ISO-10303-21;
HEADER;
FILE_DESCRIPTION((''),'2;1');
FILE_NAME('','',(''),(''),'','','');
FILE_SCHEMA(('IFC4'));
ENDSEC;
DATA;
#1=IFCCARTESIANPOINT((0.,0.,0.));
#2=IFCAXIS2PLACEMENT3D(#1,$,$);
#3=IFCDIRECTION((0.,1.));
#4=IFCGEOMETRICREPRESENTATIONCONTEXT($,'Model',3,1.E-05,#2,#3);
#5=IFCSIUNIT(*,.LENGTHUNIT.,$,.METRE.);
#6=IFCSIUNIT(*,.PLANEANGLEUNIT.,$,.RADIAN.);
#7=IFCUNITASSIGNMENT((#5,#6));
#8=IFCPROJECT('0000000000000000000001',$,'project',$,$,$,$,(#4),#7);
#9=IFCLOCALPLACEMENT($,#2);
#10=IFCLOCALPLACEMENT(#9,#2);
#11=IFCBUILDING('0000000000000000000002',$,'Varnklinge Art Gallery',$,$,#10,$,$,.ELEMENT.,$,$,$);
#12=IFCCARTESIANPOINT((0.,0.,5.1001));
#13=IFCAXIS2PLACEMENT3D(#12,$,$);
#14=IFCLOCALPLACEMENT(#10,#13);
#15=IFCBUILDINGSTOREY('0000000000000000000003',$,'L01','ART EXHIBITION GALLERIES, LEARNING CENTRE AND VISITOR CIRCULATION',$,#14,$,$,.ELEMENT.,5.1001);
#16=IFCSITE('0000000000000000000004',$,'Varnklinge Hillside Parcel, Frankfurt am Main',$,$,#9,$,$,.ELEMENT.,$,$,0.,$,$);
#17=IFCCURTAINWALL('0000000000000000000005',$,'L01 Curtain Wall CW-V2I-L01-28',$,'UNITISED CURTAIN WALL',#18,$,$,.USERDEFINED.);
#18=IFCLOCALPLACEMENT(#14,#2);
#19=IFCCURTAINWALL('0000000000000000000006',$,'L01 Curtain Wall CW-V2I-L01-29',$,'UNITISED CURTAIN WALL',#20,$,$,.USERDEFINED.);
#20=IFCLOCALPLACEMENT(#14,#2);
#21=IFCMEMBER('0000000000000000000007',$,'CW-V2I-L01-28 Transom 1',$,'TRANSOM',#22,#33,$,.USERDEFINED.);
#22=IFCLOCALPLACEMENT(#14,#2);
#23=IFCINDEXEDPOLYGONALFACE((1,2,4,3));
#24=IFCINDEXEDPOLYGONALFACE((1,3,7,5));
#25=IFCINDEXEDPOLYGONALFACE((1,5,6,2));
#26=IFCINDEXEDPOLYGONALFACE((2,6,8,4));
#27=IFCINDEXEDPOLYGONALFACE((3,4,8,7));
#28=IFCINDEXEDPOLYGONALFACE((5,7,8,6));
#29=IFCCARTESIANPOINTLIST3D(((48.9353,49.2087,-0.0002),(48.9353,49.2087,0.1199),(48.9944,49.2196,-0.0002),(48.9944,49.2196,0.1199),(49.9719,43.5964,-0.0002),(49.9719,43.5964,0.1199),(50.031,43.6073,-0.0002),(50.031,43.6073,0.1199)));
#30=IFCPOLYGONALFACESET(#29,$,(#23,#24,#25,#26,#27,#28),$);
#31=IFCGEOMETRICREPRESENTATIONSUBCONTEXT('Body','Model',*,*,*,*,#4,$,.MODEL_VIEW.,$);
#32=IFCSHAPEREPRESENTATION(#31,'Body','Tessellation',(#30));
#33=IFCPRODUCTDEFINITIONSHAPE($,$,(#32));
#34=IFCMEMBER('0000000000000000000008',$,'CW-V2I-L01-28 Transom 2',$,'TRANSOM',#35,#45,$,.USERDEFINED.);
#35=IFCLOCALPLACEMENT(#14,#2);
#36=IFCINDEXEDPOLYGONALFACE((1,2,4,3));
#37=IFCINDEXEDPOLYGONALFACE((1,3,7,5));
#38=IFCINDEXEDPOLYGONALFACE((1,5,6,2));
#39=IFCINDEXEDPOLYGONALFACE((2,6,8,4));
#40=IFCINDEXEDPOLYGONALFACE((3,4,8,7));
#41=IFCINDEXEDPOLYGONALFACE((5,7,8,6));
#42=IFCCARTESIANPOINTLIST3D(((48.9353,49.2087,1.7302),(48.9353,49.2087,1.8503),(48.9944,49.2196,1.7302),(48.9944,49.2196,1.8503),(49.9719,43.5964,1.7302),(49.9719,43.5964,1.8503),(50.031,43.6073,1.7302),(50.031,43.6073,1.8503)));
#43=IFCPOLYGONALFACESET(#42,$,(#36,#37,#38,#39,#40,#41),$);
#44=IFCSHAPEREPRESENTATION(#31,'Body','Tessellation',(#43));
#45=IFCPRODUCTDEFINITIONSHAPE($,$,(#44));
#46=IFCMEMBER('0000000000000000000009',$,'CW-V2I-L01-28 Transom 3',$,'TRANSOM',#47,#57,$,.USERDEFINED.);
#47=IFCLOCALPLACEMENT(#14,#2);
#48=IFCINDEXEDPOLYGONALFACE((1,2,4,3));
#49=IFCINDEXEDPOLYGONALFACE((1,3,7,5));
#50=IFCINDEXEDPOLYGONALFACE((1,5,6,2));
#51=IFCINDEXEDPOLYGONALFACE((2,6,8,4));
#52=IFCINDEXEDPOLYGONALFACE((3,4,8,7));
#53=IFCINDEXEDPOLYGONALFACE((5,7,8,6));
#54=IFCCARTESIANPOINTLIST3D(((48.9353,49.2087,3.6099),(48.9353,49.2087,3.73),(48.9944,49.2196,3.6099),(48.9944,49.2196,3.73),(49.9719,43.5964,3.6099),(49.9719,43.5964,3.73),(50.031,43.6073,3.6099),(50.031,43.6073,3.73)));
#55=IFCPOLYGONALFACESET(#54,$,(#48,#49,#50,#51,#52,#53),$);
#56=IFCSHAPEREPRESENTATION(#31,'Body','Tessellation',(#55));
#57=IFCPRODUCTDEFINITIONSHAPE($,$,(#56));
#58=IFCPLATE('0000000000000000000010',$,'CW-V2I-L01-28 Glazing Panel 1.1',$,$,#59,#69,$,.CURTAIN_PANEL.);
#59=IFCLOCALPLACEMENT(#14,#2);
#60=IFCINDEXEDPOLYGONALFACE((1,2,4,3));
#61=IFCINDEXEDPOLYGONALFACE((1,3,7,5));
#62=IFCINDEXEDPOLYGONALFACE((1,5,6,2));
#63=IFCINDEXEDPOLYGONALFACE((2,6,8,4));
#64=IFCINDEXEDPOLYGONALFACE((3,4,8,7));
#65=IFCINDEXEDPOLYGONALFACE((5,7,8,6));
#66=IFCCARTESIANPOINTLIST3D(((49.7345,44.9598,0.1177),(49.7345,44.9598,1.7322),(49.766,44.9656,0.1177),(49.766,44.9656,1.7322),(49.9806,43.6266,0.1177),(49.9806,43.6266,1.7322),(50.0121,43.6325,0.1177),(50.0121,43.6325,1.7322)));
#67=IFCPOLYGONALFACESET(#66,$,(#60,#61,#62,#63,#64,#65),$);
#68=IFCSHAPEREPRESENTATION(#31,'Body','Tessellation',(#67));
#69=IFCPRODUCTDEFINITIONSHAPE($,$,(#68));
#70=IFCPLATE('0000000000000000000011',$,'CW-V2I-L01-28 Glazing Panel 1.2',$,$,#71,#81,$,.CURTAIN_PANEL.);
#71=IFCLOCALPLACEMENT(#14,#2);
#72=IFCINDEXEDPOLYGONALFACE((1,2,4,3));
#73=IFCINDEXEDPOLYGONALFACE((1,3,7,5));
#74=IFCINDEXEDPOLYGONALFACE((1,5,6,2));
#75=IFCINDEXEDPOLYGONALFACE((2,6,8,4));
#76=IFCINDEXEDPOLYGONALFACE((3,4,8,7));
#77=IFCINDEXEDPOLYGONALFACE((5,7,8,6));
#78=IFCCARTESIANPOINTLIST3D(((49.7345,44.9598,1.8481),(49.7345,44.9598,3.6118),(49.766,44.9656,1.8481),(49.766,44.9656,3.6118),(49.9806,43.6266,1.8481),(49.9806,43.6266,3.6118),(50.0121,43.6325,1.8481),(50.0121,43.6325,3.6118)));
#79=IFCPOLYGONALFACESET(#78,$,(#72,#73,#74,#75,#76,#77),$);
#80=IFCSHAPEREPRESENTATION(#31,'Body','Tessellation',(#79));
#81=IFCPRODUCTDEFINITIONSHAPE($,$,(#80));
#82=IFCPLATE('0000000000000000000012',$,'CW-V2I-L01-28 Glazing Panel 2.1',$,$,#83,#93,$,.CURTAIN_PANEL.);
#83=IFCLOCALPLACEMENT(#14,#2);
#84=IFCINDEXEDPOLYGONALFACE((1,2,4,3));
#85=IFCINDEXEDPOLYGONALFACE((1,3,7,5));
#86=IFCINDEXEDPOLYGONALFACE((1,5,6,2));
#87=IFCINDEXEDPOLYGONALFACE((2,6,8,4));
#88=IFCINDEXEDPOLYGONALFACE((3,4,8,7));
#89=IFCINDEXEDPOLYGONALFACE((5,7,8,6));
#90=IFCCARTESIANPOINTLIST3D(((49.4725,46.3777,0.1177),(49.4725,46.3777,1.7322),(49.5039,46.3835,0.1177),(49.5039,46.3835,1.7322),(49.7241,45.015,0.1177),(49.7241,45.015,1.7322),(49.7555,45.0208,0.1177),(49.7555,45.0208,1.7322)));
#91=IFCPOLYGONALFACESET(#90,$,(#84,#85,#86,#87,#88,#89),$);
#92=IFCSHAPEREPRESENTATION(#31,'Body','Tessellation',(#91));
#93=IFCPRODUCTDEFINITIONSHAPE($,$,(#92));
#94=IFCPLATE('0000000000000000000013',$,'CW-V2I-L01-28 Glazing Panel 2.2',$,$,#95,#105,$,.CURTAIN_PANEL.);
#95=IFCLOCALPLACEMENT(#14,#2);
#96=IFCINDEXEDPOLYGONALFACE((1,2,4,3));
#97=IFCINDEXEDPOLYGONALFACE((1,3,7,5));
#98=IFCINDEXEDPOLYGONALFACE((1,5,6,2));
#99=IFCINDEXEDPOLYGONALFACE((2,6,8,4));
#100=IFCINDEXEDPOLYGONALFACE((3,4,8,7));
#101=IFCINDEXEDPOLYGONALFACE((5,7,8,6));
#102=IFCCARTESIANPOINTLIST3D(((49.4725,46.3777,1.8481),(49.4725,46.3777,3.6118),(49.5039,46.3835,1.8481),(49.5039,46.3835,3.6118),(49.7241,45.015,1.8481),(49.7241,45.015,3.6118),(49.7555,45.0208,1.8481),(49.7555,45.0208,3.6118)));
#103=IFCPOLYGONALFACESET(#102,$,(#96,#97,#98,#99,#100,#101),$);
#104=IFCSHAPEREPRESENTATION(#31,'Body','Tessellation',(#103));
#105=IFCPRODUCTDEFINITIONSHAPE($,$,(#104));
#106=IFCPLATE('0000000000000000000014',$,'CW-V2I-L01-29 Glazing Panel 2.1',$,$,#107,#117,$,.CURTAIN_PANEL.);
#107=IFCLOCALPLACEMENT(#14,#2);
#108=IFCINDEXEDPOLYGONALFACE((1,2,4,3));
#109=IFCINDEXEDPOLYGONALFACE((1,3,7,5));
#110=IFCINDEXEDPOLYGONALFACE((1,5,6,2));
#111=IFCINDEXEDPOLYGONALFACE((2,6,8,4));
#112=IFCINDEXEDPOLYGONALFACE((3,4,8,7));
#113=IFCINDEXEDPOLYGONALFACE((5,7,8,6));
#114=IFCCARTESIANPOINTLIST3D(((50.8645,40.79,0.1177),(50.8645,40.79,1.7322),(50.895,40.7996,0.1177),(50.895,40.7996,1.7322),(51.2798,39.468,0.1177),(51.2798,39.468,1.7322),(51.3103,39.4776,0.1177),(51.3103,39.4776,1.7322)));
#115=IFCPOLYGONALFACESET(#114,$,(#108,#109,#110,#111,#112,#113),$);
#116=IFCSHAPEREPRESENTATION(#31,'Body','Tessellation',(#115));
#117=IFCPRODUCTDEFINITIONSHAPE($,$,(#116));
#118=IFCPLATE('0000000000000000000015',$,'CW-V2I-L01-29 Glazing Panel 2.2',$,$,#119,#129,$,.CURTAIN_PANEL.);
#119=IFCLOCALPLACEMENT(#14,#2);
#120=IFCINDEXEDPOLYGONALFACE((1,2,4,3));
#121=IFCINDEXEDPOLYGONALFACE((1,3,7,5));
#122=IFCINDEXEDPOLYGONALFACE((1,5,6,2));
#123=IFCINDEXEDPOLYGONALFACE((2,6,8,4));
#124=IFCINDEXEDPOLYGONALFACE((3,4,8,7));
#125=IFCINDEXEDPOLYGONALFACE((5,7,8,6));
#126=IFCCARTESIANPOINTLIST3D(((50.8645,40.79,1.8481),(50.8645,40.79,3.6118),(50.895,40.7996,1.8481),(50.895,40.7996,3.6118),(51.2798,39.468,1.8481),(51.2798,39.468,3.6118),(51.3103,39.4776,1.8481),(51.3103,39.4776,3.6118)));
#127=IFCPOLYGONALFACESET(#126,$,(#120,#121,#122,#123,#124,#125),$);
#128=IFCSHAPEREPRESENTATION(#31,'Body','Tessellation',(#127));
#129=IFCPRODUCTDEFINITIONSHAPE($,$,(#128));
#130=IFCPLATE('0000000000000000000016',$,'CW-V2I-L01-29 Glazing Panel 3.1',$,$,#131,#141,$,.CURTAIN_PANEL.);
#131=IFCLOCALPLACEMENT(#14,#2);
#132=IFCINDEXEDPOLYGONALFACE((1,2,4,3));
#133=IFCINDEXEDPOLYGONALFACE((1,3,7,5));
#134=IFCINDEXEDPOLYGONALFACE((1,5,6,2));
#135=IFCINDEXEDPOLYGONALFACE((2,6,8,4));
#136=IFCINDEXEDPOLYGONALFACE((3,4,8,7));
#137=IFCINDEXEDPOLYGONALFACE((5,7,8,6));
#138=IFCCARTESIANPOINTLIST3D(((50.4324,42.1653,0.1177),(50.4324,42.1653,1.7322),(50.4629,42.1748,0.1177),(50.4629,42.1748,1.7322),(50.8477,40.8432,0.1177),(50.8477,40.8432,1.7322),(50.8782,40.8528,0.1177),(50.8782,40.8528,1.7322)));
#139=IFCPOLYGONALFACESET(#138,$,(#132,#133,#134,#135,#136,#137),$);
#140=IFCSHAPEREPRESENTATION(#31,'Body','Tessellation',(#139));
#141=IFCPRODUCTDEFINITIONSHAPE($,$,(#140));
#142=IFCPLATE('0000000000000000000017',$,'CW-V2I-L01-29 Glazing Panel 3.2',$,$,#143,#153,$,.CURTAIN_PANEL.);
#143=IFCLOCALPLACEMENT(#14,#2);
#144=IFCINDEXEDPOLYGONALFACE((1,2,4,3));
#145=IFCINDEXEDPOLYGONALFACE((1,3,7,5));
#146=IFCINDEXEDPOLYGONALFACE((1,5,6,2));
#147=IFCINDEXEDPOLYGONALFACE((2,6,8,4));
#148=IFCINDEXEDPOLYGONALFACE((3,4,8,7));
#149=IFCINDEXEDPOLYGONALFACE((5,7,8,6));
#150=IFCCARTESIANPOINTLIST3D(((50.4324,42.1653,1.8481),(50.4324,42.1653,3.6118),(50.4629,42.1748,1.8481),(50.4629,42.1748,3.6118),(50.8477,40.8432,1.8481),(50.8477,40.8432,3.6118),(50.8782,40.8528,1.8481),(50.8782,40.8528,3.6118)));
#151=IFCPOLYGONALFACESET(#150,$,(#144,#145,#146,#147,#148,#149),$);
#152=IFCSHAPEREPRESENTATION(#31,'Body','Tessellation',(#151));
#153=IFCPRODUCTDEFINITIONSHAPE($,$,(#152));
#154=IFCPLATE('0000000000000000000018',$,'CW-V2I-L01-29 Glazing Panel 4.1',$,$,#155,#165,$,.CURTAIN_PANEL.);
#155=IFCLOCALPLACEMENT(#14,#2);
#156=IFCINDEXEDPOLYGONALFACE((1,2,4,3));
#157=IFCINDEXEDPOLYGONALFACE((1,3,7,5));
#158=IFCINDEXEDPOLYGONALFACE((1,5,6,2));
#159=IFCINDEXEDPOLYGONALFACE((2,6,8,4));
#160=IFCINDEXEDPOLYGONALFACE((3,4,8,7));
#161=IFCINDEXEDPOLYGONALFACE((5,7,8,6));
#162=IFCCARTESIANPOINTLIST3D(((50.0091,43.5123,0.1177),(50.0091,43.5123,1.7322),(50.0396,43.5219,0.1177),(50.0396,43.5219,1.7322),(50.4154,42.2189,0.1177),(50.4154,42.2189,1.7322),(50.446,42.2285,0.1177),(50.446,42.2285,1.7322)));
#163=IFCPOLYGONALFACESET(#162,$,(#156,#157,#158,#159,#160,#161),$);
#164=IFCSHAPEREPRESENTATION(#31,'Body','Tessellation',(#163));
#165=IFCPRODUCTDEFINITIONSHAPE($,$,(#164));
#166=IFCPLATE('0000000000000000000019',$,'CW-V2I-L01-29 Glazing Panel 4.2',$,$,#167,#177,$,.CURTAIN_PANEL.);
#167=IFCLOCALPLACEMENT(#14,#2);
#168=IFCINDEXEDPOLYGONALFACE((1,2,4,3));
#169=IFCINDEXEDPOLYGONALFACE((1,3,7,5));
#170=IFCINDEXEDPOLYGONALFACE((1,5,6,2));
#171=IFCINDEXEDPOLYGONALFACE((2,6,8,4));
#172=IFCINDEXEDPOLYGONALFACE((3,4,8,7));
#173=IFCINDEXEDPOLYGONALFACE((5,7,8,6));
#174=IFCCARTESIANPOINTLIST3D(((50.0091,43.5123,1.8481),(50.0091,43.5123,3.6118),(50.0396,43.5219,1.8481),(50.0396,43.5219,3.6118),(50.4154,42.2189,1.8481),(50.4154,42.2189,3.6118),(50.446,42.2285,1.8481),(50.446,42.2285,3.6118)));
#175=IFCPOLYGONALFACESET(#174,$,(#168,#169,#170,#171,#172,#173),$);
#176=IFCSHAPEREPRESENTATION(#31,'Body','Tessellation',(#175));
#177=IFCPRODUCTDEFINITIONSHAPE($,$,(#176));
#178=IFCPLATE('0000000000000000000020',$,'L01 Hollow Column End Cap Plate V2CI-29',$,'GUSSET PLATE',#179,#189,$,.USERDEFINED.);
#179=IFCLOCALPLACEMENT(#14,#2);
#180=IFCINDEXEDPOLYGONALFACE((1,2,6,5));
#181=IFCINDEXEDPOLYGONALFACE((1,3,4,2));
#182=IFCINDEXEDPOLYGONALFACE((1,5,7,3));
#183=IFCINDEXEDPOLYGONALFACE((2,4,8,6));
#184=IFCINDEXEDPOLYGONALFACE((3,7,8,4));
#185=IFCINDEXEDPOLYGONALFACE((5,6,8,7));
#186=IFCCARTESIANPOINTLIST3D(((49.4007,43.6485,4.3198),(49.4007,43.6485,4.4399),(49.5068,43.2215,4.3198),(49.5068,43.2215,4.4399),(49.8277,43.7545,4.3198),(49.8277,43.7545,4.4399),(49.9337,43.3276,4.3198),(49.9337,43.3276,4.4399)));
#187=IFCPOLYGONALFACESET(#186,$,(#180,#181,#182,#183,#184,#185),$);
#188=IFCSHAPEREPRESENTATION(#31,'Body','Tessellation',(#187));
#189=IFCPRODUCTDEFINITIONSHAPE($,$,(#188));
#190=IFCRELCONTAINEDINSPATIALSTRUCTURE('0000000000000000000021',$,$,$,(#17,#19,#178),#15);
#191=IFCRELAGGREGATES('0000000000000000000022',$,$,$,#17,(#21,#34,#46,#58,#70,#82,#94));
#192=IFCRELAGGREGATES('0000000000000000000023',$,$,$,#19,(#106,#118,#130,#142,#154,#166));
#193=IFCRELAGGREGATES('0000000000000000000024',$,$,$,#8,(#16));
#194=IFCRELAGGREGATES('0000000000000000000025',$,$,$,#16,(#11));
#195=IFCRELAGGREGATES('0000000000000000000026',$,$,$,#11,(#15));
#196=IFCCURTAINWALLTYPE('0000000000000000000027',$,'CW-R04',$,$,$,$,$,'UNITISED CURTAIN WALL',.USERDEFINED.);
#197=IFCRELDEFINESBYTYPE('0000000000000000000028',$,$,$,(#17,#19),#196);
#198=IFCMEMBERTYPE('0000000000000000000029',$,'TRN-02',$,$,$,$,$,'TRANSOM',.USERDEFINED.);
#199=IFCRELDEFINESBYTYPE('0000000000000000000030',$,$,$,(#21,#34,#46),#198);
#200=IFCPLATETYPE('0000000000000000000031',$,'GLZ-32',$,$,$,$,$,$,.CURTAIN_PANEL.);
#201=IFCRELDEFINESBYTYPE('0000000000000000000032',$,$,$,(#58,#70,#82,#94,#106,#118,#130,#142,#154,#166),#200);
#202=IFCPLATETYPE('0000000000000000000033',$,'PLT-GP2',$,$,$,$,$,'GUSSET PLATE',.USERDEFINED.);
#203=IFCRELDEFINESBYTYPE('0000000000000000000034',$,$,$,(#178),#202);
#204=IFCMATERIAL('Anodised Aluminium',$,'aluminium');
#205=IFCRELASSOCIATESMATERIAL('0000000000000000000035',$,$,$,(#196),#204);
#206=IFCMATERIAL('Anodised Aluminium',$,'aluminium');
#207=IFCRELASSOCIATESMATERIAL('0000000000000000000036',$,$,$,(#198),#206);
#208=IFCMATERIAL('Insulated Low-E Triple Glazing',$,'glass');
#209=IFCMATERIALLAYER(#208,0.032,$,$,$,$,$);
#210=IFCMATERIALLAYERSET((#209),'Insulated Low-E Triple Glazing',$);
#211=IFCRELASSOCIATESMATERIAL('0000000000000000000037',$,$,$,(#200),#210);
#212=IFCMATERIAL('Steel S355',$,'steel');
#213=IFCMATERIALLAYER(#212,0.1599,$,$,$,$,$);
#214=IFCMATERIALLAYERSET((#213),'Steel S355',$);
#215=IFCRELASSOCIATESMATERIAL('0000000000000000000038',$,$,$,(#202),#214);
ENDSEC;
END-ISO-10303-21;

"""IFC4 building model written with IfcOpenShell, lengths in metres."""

from ifc_helpers import new_model, si_unit, direction, frame, origin, origin_2d, place, context, subcontext, project, spatial, rectangle, extrude, material, layer, layer_set, material_profile, profile_set, type_object, element, aggregate, save


model = new_model("IFC4")

# Units and contexts
model_context = context("Model", 3, precision=1e-05, world=origin(), true_north=direction((0.0, 1.0)))
body_context = subcontext(model_context, "Body", "Model", "MODEL_VIEW")
ifc_project = project(units=[si_unit("LENGTHUNIT", "METRE"), si_unit("PLANEANGLEUNIT", "RADIAN")], contexts=[model_context])

# Site, building, storey
site_placement = place(None, origin())
site = spatial("IfcSite", under=ifc_project, at=site_placement, Name="Varnklinge Hillside Parcel, Frankfurt am Main", CompositionType="ELEMENT", RefElevation=0.0)
building_placement = place(site_placement, origin())
building = spatial("IfcBuilding", under=site, at=building_placement, Name="Varnklinge Art Gallery", CompositionType="ELEMENT")
storey_placement = place(building_placement, frame((0.0, 0.0, 5.1001)))
storey = spatial("IfcBuildingStorey", under=building, at=storey_placement, Name="L01", Description="ART EXHIBITION GALLERIES, LEARNING CENTRE AND VISITOR CIRCULATION", CompositionType="ELEMENT", Elevation=5.1001)

# Curtain walls
ifc_material_1 = material(Name="Anodised Aluminium", Category="aluminium")
curtain_wall_type = type_object("IfcCurtainWallType", Name="CW-R04", ElementType="UNITISED CURTAIN WALL", PredefinedType="USERDEFINED", material=ifc_material_1)
curtain_wall_1_placement = place(storey_placement, origin())
curtain_wall_1 = element("IfcCurtainWall", 1, at=curtain_wall_1_placement, inside=storey, type_object=curtain_wall_type, Name="L01 Curtain Wall CW-V2I-L01-28", ObjectType="UNITISED CURTAIN WALL", PredefinedType="USERDEFINED")
curtain_wall_2_placement = place(storey_placement, origin())
curtain_wall_2 = element("IfcCurtainWall", 2, at=curtain_wall_2_placement, inside=storey, type_object=curtain_wall_type, Name="L01 Curtain Wall CW-V2I-L01-29", ObjectType="UNITISED CURTAIN WALL", PredefinedType="USERDEFINED")

# Members
ifc_material_2 = material(Name="Anodised Aluminium", Category="aluminium")
ifc_material_profile_1 = material_profile(ifc_material_2, rectangle(XDim=0.0601, YDim=0.1201, at=origin_2d()), Name="ALU 60x120")
ifc_profile_set_1 = profile_set([ifc_material_profile_1], Name="Anodised Aluminium")
member_type_1 = type_object("IfcMemberType", Name="TRN-02", ElementType="TRANSOM", PredefinedType="USERDEFINED", material=ifc_profile_set_1)
member_1_placement = place(storey_placement, frame((50.0015, 43.6018, 0.0598), z_axis=(-0.181633, 0.983366, 0.0), x_axis=(-0.983366, -0.181633, 0.0)))
member_1 = element("IfcMember", 3, at=member_1_placement, type_object=member_type_1, Name="CW-V2I-L01-28 Transom 1", ObjectType="TRANSOM", PredefinedType="USERDEFINED", context=body_context, shape_type="SweptSolid", body=[
    extrude(rectangle(XDim=0.0601, YDim=0.1201, at=origin_2d()), origin(), (0.0, 0.0, 1.0), 5.7073),
])
member_2_placement = place(storey_placement, frame((50.0015, 43.6018, 1.7903), z_axis=(-0.181633, 0.983366, 0.0), x_axis=(-0.983366, -0.181633, 0.0)))
member_2 = element("IfcMember", 4, at=member_2_placement, type_object=member_type_1, Name="CW-V2I-L01-28 Transom 2", ObjectType="TRANSOM", PredefinedType="USERDEFINED", context=body_context, shape_type="SweptSolid", body=[
    extrude(rectangle(XDim=0.0601, YDim=0.1201, at=origin_2d()), origin(), (0.0, 0.0, 1.0), 5.7073),
])
member_3_placement = place(storey_placement, frame((50.0015, 43.6018, 3.6699), z_axis=(-0.181633, 0.983366, 0.0), x_axis=(-0.983366, -0.181633, 0.0)))
member_3 = element("IfcMember", 5, at=member_3_placement, type_object=member_type_1, Name="CW-V2I-L01-28 Transom 3", ObjectType="TRANSOM", PredefinedType="USERDEFINED", context=body_context, shape_type="SweptSolid", body=[
    extrude(rectangle(XDim=0.0601, YDim=0.1201, at=origin_2d()), origin(), (0.0, 0.0, 1.0), 5.7073),
])

# Plates
ifc_material_3 = material(Name="Insulated Low-E Triple Glazing", Category="glass")
ifc_layer_1 = layer(ifc_material_3, 0.032)
ifc_layer_set_1 = layer_set([ifc_layer_1], Name="Insulated Low-E Triple Glazing")
plate_type_1 = type_object("IfcPlateType", Name="GLZ-32", PredefinedType="CURTAIN_PANEL", material=ifc_layer_set_1)
plate_1_placement = place(storey_placement, frame((49.8733, 44.2961, 0.1177), z_axis=(0.0, 0.0, 1.0), x_axis=(-0.181549, 0.983382, 0.0)))
plate_1 = element("IfcPlate", 6, at=plate_1_placement, type_object=plate_type_1, Name="CW-V2I-L01-28 Glazing Panel 1.1", PredefinedType="CURTAIN_PANEL", context=body_context, shape_type="SweptSolid", body=[
    extrude(rectangle(XDim=1.3557, YDim=0.032, at=origin_2d()), origin(), (0.0, 0.0, 1.0), 1.6145),
])
plate_2_placement = place(storey_placement, frame((49.8733, 44.2961, 1.8481), z_axis=(0.0, 0.0, 1.0), x_axis=(-0.181549, 0.983382, 0.0)))
plate_2 = element("IfcPlate", 7, at=plate_2_placement, type_object=plate_type_1, Name="CW-V2I-L01-28 Glazing Panel 1.2", PredefinedType="CURTAIN_PANEL", context=body_context, shape_type="SweptSolid", body=[
    extrude(rectangle(XDim=1.3557, YDim=0.032, at=origin_2d()), origin(), (0.0, 0.0, 1.0), 1.7637),
])
plate_3_placement = place(storey_placement, frame((49.614, 45.6992, 0.1177), z_axis=(0.0, 0.0, 1.0), x_axis=(-0.181549, 0.983382, 0.0)))
plate_3 = element("IfcPlate", 8, at=plate_3_placement, type_object=plate_type_1, Name="CW-V2I-L01-28 Glazing Panel 2.1", PredefinedType="CURTAIN_PANEL", context=body_context, shape_type="SweptSolid", body=[
    extrude(rectangle(XDim=1.3857, YDim=0.032, at=origin_2d()), origin(), (0.0, 0.0, 1.0), 1.6145),
])
plate_4_placement = place(storey_placement, frame((49.614, 45.6992, 1.8481), z_axis=(0.0, 0.0, 1.0), x_axis=(-0.181549, 0.983382, 0.0)))
plate_4 = element("IfcPlate", 9, at=plate_4_placement, type_object=plate_type_1, Name="CW-V2I-L01-28 Glazing Panel 2.2", PredefinedType="CURTAIN_PANEL", context=body_context, shape_type="SweptSolid", body=[
    extrude(rectangle(XDim=1.3857, YDim=0.032, at=origin_2d()), origin(), (0.0, 0.0, 1.0), 1.7637),
])
aggregate(curtain_wall_1, [member_1, member_2, member_3, plate_1, plate_2, plate_3, plate_4])
plate_5_placement = place(storey_placement, frame((51.0874, 40.1338, 0.1177), z_axis=(0.0, 0.0, 1.0), x_axis=(-0.299707, 0.954031, 0.0)))
plate_5 = element("IfcPlate", 10, at=plate_5_placement, type_object=plate_type_1, Name="CW-V2I-L01-29 Glazing Panel 2.1", PredefinedType="CURTAIN_PANEL", context=body_context, shape_type="SweptSolid", body=[
    extrude(rectangle(XDim=1.3857, YDim=0.032, at=origin_2d()), origin(), (0.0, 0.0, 1.0), 1.6145),
])
plate_6_placement = place(storey_placement, frame((51.0874, 40.1338, 1.8481), z_axis=(0.0, 0.0, 1.0), x_axis=(-0.299707, 0.954031, 0.0)))
plate_6 = element("IfcPlate", 11, at=plate_6_placement, type_object=plate_type_1, Name="CW-V2I-L01-29 Glazing Panel 2.2", PredefinedType="CURTAIN_PANEL", context=body_context, shape_type="SweptSolid", body=[
    extrude(rectangle(XDim=1.3857, YDim=0.032, at=origin_2d()), origin(), (0.0, 0.0, 1.0), 1.7637),
])
plate_7_placement = place(storey_placement, frame((50.6553, 41.509, 0.1177), z_axis=(0.0, 0.0, 1.0), x_axis=(-0.299707, 0.954031, 0.0)))
plate_7 = element("IfcPlate", 12, at=plate_7_placement, type_object=plate_type_1, Name="CW-V2I-L01-29 Glazing Panel 3.1", PredefinedType="CURTAIN_PANEL", context=body_context, shape_type="SweptSolid", body=[
    extrude(rectangle(XDim=1.3857, YDim=0.032, at=origin_2d()), origin(), (0.0, 0.0, 1.0), 1.6145),
])
plate_8_placement = place(storey_placement, frame((50.6553, 41.509, 1.8481), z_axis=(0.0, 0.0, 1.0), x_axis=(-0.299707, 0.954031, 0.0)))
plate_8 = element("IfcPlate", 13, at=plate_8_placement, type_object=plate_type_1, Name="CW-V2I-L01-29 Glazing Panel 3.2", PredefinedType="CURTAIN_PANEL", context=body_context, shape_type="SweptSolid", body=[
    extrude(rectangle(XDim=1.3857, YDim=0.032, at=origin_2d()), origin(), (0.0, 0.0, 1.0), 1.7637),
])
plate_9_placement = place(storey_placement, frame((50.2275, 42.8704, 0.1177), z_axis=(0.0, 0.0, 1.0), x_axis=(-0.299707, 0.954031, 0.0)))
plate_9 = element("IfcPlate", 14, at=plate_9_placement, type_object=plate_type_1, Name="CW-V2I-L01-29 Glazing Panel 4.1", PredefinedType="CURTAIN_PANEL", context=body_context, shape_type="SweptSolid", body=[
    extrude(rectangle(XDim=1.3557, YDim=0.032, at=origin_2d()), origin(), (0.0, 0.0, 1.0), 1.6145),
])
plate_10_placement = place(storey_placement, frame((50.2275, 42.8704, 1.8481), z_axis=(0.0, 0.0, 1.0), x_axis=(-0.299707, 0.954031, 0.0)))
plate_10 = element("IfcPlate", 15, at=plate_10_placement, type_object=plate_type_1, Name="CW-V2I-L01-29 Glazing Panel 4.2", PredefinedType="CURTAIN_PANEL", context=body_context, shape_type="SweptSolid", body=[
    extrude(rectangle(XDim=1.3557, YDim=0.032, at=origin_2d()), origin(), (0.0, 0.0, 1.0), 1.7637),
])
aggregate(curtain_wall_2, [plate_5, plate_6, plate_7, plate_8, plate_9, plate_10])
ifc_material_4 = material(Name="Steel S355", Category="steel")
ifc_layer_2 = layer(ifc_material_4, 0.1599)
ifc_layer_set_2 = layer_set([ifc_layer_2], Name="Steel S355")
plate_type_2 = type_object("IfcPlateType", Name="PLT-GP2", ElementType="GUSSET PLATE", PredefinedType="USERDEFINED", material=ifc_layer_set_2)
plate_11_placement = place(storey_placement, frame((49.6672, 43.488, 4.3198), z_axis=(0.0, 0.0, 1.0), x_axis=(0.970506, 0.241075, 0.0)))
element("IfcPlate", 16, at=plate_11_placement, inside=storey, type_object=plate_type_2, Name="L01 Hollow Column End Cap Plate V2CI-29", ObjectType="GUSSET PLATE", PredefinedType="USERDEFINED", context=body_context, shape_type="SweptSolid", body=[
    extrude(rectangle(XDim=0.4399, YDim=0.4399, at=origin_2d()), origin(), (0.0, 0.0, 1.0), 0.1201),
])

save(model, "model.ifc")
